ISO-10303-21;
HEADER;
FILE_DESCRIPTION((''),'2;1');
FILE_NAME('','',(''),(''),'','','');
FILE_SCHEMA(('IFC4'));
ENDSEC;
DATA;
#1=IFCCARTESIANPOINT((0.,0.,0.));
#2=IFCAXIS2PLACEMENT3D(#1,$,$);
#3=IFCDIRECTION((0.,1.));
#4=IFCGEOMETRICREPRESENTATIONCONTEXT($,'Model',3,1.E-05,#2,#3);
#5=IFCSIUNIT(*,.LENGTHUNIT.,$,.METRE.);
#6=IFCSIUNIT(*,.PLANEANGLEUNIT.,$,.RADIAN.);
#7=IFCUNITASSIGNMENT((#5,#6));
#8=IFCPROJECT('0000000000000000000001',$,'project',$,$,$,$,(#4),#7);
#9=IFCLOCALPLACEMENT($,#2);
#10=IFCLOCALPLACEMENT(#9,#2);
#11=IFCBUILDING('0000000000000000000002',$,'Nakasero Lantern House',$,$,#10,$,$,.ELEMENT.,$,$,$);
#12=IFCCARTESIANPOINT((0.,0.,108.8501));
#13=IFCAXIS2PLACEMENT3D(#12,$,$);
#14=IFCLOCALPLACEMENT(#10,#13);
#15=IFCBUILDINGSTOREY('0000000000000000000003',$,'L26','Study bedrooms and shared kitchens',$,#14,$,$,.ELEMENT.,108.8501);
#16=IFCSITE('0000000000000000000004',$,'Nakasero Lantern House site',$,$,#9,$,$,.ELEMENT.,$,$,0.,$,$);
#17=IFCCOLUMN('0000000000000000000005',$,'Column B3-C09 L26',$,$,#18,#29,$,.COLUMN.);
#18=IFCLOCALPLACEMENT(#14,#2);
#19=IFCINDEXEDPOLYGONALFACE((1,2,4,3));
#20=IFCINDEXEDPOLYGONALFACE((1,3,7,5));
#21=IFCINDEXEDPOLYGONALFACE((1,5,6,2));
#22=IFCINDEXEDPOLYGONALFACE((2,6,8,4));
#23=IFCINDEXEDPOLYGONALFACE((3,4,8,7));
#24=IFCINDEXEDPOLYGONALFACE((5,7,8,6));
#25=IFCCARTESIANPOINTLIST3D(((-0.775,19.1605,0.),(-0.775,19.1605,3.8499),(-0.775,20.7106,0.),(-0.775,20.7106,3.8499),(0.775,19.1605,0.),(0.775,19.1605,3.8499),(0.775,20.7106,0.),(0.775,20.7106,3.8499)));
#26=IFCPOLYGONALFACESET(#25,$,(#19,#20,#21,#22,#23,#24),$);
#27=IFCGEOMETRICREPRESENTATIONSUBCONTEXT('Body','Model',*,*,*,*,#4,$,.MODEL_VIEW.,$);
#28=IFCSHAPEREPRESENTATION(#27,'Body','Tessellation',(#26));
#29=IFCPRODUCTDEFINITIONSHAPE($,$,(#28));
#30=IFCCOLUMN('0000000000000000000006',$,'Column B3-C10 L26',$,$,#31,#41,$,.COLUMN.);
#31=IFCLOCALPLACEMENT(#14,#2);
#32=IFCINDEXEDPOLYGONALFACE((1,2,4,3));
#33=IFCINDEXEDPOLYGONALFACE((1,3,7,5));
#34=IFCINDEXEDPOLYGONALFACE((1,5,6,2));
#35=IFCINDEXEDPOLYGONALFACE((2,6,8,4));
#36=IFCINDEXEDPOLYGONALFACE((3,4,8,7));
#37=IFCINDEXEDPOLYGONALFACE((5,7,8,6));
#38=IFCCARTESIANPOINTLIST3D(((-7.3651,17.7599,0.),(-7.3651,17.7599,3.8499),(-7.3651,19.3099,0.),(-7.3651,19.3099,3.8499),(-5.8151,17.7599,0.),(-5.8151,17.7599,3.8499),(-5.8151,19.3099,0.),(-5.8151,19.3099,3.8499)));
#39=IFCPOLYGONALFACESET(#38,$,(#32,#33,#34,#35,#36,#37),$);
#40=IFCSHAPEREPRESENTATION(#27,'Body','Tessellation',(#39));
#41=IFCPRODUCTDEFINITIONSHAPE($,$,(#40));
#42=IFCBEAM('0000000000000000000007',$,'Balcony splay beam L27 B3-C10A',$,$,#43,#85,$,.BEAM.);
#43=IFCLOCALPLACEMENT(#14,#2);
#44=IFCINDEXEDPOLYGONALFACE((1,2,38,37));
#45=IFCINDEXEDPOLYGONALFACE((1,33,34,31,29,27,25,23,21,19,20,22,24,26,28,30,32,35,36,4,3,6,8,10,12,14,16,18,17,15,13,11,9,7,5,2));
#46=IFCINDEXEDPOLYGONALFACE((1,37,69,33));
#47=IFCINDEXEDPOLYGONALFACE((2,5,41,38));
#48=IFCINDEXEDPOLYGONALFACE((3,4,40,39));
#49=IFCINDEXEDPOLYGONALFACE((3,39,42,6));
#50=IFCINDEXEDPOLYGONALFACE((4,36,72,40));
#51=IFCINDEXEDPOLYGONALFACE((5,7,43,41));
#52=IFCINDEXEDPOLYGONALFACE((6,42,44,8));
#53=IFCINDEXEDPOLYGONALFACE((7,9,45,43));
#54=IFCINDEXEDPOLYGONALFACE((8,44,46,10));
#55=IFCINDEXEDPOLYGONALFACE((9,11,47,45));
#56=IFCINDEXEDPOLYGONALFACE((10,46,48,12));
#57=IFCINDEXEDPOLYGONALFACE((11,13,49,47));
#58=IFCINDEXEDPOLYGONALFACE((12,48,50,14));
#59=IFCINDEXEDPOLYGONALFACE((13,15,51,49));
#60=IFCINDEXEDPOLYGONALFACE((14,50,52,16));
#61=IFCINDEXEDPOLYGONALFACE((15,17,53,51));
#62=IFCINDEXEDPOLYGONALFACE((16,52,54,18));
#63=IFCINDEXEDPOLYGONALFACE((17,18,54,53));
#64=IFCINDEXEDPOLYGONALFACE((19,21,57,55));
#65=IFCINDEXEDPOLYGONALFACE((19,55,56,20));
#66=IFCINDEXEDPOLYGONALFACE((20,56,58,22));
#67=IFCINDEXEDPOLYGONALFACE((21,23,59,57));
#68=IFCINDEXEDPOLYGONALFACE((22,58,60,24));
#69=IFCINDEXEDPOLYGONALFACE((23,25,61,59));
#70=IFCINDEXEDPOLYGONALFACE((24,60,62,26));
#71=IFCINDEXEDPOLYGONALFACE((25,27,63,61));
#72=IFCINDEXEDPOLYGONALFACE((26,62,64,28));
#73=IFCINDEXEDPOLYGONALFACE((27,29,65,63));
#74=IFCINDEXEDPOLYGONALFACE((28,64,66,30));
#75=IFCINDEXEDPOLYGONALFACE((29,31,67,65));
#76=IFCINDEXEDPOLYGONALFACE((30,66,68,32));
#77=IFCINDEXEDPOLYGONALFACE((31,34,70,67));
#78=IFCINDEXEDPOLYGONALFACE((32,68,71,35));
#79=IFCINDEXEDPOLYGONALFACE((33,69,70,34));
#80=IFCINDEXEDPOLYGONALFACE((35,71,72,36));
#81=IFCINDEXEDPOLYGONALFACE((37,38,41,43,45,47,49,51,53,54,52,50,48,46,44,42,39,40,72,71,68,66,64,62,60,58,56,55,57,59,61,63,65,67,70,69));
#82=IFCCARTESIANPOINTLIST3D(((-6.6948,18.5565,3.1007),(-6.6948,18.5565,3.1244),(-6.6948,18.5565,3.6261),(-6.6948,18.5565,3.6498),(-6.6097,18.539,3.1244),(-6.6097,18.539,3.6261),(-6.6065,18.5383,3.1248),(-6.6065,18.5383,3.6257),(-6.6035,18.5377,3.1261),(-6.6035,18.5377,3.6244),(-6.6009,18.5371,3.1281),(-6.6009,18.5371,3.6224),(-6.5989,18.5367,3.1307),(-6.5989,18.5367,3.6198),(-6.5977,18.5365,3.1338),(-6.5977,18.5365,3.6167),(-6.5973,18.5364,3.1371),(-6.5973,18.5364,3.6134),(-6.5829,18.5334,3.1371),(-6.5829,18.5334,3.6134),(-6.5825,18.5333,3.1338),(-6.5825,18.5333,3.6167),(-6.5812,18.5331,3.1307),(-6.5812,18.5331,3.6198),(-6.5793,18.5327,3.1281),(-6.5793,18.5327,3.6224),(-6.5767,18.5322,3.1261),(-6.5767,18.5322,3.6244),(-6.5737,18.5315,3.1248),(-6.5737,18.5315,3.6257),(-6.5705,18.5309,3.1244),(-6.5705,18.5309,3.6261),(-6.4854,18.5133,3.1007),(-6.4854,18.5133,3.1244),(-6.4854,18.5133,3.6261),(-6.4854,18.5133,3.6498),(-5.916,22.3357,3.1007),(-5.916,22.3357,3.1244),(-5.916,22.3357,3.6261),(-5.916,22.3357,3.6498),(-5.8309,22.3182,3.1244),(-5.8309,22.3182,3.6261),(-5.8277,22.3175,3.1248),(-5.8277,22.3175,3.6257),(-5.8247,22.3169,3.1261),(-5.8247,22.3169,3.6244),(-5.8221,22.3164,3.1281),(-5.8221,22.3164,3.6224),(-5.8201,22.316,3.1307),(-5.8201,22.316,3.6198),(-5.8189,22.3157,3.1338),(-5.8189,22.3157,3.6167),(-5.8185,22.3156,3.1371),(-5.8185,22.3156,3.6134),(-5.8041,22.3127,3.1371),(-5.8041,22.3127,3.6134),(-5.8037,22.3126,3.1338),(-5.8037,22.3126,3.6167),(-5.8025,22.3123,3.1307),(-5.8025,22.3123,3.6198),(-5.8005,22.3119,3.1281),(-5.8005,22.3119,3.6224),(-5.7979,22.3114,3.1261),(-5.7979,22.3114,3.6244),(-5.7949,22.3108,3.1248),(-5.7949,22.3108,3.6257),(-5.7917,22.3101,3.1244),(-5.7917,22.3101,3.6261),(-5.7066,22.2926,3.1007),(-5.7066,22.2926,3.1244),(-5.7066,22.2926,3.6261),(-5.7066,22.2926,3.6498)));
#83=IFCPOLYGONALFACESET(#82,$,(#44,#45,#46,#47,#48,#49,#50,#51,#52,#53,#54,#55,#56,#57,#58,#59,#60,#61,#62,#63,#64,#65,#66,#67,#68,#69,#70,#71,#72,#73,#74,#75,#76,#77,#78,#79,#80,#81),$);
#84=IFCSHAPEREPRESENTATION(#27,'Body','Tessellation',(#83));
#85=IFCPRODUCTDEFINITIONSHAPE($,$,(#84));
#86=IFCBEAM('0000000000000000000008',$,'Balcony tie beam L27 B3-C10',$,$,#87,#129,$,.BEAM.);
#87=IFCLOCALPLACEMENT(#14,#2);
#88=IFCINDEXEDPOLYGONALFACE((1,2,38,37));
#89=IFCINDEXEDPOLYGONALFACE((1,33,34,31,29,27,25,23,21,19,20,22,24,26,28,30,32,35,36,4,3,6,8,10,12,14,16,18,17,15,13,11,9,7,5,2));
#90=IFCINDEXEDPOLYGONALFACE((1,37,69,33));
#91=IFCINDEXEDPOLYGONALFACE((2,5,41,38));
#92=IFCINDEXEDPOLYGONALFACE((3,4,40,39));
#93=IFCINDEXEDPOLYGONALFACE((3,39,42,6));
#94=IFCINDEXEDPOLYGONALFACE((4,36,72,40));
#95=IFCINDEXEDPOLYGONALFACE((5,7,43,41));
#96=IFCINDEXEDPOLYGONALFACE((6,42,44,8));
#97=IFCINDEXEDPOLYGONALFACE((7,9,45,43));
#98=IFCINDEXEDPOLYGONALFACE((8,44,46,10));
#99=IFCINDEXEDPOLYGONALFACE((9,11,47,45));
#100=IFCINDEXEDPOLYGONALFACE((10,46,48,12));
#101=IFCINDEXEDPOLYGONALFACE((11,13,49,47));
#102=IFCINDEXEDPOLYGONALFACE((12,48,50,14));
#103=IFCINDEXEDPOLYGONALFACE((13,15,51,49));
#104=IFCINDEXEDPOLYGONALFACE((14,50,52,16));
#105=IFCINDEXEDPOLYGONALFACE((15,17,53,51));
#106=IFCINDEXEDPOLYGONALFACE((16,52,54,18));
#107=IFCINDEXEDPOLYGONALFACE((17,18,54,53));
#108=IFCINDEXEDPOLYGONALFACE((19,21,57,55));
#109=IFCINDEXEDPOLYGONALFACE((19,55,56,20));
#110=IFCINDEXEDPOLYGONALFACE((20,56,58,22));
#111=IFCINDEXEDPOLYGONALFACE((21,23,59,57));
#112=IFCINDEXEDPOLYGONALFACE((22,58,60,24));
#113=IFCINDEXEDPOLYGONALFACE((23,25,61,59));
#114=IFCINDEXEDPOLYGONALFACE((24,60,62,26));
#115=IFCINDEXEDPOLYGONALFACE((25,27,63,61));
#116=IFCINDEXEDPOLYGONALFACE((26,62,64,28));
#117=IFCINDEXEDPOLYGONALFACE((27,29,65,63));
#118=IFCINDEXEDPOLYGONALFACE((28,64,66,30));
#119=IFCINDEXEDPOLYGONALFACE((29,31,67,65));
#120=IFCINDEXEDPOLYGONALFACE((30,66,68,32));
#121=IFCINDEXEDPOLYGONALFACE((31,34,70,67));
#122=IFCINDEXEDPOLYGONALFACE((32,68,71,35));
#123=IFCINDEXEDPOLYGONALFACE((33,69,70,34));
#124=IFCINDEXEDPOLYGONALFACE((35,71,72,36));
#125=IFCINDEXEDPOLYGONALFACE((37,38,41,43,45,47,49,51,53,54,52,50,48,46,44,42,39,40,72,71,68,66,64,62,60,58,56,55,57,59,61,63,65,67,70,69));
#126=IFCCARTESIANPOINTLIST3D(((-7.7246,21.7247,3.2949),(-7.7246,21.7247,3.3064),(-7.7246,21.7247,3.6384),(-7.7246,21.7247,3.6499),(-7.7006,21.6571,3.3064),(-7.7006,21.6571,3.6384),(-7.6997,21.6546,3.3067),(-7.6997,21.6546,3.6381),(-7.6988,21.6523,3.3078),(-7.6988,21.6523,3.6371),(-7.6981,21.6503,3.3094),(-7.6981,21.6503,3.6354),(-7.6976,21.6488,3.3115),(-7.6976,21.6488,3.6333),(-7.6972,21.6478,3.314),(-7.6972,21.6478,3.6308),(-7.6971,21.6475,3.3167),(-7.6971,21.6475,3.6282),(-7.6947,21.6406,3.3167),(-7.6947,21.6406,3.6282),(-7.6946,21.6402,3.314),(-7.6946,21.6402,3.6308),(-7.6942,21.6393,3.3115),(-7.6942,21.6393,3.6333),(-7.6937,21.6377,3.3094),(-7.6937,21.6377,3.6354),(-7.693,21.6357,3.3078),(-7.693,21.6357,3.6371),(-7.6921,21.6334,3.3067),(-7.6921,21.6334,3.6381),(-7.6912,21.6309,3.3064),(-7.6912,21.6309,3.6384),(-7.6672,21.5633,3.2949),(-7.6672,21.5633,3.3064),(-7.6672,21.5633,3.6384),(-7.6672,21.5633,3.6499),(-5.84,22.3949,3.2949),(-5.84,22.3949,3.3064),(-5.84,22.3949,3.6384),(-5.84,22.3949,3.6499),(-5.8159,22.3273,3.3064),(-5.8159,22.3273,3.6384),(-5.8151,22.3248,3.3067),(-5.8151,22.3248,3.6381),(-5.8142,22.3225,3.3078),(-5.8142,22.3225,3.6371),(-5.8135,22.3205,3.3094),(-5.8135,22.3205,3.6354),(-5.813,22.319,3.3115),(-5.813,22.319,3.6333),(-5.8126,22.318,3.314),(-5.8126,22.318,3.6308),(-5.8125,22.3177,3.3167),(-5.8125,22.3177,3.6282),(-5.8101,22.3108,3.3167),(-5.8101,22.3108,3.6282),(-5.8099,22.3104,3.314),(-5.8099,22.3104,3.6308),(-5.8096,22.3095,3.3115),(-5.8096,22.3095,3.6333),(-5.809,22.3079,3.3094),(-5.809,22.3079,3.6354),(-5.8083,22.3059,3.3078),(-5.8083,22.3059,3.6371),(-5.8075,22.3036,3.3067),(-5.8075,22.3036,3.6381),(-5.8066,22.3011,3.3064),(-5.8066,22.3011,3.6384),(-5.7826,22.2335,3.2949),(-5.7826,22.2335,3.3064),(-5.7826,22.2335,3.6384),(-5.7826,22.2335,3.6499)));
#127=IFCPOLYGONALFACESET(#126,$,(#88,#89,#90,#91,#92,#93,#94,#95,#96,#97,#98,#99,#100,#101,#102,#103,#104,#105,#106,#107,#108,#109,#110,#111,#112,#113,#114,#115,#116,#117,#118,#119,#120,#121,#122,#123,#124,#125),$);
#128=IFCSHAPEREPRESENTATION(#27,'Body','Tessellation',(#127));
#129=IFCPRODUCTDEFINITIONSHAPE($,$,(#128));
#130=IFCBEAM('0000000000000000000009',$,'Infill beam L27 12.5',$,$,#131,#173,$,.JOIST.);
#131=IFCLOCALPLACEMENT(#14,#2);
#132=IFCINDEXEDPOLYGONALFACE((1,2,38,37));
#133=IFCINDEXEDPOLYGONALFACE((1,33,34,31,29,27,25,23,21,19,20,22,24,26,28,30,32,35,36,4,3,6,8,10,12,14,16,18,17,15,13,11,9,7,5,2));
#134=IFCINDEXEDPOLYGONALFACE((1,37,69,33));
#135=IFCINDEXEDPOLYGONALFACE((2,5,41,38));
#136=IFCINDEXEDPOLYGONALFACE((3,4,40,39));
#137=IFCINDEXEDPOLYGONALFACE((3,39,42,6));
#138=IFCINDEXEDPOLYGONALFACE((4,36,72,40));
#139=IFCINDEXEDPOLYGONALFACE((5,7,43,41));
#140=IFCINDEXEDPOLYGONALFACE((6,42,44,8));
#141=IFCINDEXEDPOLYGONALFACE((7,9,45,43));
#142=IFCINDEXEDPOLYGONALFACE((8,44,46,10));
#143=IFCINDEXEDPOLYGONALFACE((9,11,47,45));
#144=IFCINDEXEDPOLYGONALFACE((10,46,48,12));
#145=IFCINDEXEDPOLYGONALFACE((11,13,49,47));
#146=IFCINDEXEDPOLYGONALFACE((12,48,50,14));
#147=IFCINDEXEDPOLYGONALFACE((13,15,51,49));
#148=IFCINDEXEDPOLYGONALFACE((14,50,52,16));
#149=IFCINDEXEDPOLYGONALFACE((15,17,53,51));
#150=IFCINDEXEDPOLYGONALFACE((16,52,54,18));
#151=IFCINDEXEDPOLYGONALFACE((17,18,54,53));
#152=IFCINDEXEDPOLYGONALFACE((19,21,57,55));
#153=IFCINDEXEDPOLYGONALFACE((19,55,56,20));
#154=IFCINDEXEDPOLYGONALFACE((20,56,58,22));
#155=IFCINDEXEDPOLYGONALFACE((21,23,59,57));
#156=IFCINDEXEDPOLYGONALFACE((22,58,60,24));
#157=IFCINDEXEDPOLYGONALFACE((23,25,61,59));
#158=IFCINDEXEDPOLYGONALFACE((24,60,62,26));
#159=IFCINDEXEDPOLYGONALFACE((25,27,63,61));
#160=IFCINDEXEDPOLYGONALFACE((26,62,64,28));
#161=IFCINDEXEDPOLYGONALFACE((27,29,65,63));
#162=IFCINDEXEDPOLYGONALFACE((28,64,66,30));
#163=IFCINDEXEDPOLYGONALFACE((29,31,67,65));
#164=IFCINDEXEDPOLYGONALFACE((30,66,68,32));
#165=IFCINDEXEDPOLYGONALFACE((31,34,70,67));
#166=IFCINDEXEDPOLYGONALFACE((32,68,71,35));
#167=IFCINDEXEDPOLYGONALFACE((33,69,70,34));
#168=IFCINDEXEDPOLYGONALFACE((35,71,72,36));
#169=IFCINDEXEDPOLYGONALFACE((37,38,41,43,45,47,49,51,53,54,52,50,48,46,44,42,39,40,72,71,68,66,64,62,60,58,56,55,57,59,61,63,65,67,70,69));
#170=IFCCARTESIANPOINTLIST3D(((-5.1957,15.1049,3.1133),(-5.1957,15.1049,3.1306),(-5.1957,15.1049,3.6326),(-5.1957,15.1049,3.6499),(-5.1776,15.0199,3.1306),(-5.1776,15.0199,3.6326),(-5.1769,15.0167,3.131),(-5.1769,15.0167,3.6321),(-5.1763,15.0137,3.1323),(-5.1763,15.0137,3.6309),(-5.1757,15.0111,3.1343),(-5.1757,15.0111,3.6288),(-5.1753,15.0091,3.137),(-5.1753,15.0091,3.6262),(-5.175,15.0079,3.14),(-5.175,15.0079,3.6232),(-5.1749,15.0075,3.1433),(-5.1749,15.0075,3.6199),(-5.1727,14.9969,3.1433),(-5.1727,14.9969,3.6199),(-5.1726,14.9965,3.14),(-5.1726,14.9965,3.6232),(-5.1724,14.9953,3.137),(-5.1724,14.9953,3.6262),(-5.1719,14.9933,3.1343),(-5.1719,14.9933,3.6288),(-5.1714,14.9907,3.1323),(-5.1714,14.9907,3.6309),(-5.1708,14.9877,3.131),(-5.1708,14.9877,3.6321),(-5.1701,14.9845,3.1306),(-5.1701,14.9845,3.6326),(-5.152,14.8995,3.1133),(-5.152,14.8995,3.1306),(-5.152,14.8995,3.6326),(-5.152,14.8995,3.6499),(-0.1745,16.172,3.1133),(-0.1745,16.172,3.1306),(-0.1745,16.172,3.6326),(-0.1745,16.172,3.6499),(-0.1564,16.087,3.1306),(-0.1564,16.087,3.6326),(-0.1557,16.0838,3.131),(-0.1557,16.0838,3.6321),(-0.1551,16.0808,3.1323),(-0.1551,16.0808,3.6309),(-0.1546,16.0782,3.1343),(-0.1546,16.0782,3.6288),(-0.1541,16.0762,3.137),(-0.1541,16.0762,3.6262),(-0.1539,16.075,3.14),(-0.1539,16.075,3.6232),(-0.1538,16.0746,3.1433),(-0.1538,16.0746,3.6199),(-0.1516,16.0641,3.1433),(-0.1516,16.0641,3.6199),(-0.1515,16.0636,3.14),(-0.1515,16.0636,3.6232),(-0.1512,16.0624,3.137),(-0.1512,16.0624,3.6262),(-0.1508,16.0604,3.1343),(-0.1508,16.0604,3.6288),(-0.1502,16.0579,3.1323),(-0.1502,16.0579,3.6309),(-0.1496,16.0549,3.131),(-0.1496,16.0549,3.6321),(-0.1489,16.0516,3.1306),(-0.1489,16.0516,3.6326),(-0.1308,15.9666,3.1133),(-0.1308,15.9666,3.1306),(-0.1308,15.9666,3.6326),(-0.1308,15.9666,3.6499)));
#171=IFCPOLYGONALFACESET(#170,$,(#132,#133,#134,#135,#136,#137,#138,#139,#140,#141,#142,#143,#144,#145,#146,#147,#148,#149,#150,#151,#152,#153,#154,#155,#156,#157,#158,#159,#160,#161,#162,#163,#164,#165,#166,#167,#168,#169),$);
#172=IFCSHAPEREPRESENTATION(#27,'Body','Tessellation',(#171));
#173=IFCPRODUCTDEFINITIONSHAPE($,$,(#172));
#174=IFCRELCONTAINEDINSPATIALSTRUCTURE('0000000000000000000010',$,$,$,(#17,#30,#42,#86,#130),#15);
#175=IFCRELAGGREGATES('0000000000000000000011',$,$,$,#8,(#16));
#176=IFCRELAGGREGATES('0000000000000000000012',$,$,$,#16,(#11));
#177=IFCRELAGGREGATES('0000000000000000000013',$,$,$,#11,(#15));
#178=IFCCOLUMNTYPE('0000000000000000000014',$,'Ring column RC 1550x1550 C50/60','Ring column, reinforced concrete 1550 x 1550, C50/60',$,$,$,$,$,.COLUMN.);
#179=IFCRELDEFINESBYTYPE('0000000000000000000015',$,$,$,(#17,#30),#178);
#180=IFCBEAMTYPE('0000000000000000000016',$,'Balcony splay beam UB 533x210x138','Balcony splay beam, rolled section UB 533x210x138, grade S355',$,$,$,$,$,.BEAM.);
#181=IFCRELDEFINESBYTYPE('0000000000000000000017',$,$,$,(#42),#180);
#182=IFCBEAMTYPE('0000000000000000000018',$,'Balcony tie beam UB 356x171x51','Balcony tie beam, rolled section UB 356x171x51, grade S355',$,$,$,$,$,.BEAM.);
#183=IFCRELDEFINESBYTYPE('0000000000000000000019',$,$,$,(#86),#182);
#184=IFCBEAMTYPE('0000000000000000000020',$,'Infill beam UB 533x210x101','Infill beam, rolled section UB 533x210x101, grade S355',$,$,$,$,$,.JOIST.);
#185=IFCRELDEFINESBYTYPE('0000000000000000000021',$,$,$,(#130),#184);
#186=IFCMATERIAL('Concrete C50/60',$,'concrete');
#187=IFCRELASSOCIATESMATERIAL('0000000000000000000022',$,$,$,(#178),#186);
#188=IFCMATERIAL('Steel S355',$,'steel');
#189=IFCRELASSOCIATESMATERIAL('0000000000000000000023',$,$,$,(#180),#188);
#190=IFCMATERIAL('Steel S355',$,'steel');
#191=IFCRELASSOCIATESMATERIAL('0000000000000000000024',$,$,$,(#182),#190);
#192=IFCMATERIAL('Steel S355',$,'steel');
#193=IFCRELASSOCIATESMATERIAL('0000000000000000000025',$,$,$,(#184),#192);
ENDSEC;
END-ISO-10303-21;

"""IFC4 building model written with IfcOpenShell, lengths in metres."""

from ifc_helpers import new_model, si_unit, direction, frame, origin, origin_2d, place, context, subcontext, project, spatial, rectangle, i_section, extrude, material, material_profile, profile_set, type_object, element, save


model = new_model("IFC4")

# Units and contexts
model_context = context("Model", 3, precision=1e-05, world=origin(), true_north=direction((0.0, 1.0)))
body_context = subcontext(model_context, "Body", "Model", "MODEL_VIEW")
ifc_project = project(units=[si_unit("LENGTHUNIT", "METRE"), si_unit("PLANEANGLEUNIT", "RADIAN")], contexts=[model_context])

# Site, building, storey
site_placement = place(None, origin())
site = spatial("IfcSite", under=ifc_project, at=site_placement, Name="Nakasero Lantern House site", CompositionType="ELEMENT", RefElevation=0.0)
building_placement = place(site_placement, origin())
building = spatial("IfcBuilding", under=site, at=building_placement, Name="Nakasero Lantern House", CompositionType="ELEMENT")
storey_placement = place(building_placement, frame((0.0, 0.0, 108.8501)))
storey = spatial("IfcBuildingStorey", under=building, at=storey_placement, Name="L26", Description="Study bedrooms and shared kitchens", CompositionType="ELEMENT", Elevation=108.8501)

# Columns
ifc_material_1 = material(Name="Concrete C50/60", Category="concrete")
ifc_material_profile_1 = material_profile(ifc_material_1, rectangle(XDim=1.55, YDim=1.55, at=origin_2d()), Name="RC 1550x1550")
ifc_profile_set_1 = profile_set([ifc_material_profile_1], Name="Concrete C50/60")
column_type = type_object("IfcColumnType", Name="Ring column RC 1550x1550 C50/60", Description="Ring column, reinforced concrete 1550 x 1550, C50/60", PredefinedType="COLUMN", material=ifc_profile_set_1)
for number, where, z_axis, x_axis, name in (
    (1, (0.0, 19.9355, 0.0), (0.0, 0.0, 1.0), (1.0, 0.0, 0.0), "Column B3-C09 L26"),
    (2, (-6.5901, 18.5349, 0.0), (0.0, 0.0, 1.0), (1.0, 0.0, 0.0), "Column B3-C10 L26"),
):
    element("IfcColumn", number, at=place(storey_placement, frame(where, z_axis=z_axis, x_axis=x_axis)), inside=storey, type_object=column_type, Name=name, PredefinedType="COLUMN", context=body_context, shape_type="SweptSolid", body=[
        extrude(rectangle(XDim=1.55, YDim=1.55, at=origin_2d()), origin(), (0.0, 0.0, 1.0), 3.8499),
    ])

# Beams
ifc_material_2 = material(Name="Steel S355", Category="steel")
ifc_material_profile_2 = material_profile(ifc_material_2, i_section(OverallWidth=0.2139, OverallDepth=0.5491, WebThickness=0.0146, FlangeThickness=0.0237, FilletRadius=0.0127, at=origin_2d()), Name="UB 533x210x138")
ifc_profile_set_2 = profile_set([ifc_material_profile_2], Name="Steel S355")
beam_type_1 = type_object("IfcBeamType", Name="Balcony splay beam UB 533x210x138", Description="Balcony splay beam, rolled section UB 533x210x138, grade S355", PredefinedType="BEAM", material=ifc_profile_set_2)
beam_1_placement = place(storey_placement, frame((-6.5901, 18.5349, 3.3752), z_axis=(0.201831, 0.97942, 0.0), x_axis=(-0.97942, 0.201831, 0.0)))
element("IfcBeam", 3, at=beam_1_placement, inside=storey, type_object=beam_type_1, Name="Balcony splay beam L27 B3-C10A", PredefinedType="BEAM", context=body_context, shape_type="SweptSolid", body=[
    extrude(i_section(OverallWidth=0.2139, OverallDepth=0.5491, WebThickness=0.0146, FlangeThickness=0.0237, FilletRadius=0.0127, at=origin_2d()), origin(), (0.0, 0.0, 1.0), 3.8586),
])
ifc_material_3 = material(Name="Steel S355", Category="steel")
ifc_material_profile_3 = material_profile(ifc_material_3, i_section(OverallWidth=0.1714, OverallDepth=0.355, WebThickness=0.0073, FlangeThickness=0.0115, FilletRadius=0.0103, at=origin_2d()), Name="UB 356x171x51")
ifc_profile_set_3 = profile_set([ifc_material_profile_3], Name="Steel S355")
beam_type_2 = type_object("IfcBeamType", Name="Balcony tie beam UB 356x171x51", Description="Balcony tie beam, rolled section UB 356x171x51, grade S355", PredefinedType="BEAM", material=ifc_profile_set_3)
beam_2_placement = place(storey_placement, frame((-5.8113, 22.3142, 3.4724), z_axis=(-0.942197, -0.33506, 0.0), x_axis=(0.33506, -0.942197, 0.0)))
element("IfcBeam", 4, at=beam_2_placement, inside=storey, type_object=beam_type_2, Name="Balcony tie beam L27 B3-C10", PredefinedType="BEAM", context=body_context, shape_type="SweptSolid", body=[
    extrude(i_section(OverallWidth=0.1714, OverallDepth=0.355, WebThickness=0.0073, FlangeThickness=0.0115, FilletRadius=0.0103, at=origin_2d()), origin(), (0.0, 0.0, 1.0), 2.0002),
])
ifc_material_4 = material(Name="Steel S355", Category="steel")
ifc_material_profile_4 = material_profile(ifc_material_4, i_section(OverallWidth=0.21, OverallDepth=0.5366, WebThickness=0.0107, FlangeThickness=0.0173, FilletRadius=0.0127, at=origin_2d()), Name="UB 533x210x101")
ifc_profile_set_4 = profile_set([ifc_material_profile_4], Name="Steel S355")
beam_type_3 = type_object("IfcBeamType", Name="Infill beam UB 533x210x101", Description="Infill beam, rolled section UB 533x210x101, grade S355", PredefinedType="JOIST", material=ifc_profile_set_4)
beam_3_placement = place(storey_placement, frame((-5.1738, 15.0022, 3.3816), z_axis=(0.978154, 0.207882, 0.0), x_axis=(-0.207882, 0.978154, 0.0)))
element("IfcBeam", 5, at=beam_3_placement, inside=storey, type_object=beam_type_3, Name="Infill beam L27 12.5", PredefinedType="JOIST", context=body_context, shape_type="SweptSolid", body=[
    extrude(i_section(OverallWidth=0.21, OverallDepth=0.5366, WebThickness=0.0107, FlangeThickness=0.0173, FilletRadius=0.0127, at=origin_2d()), origin(), (0.0, 0.0, 1.0), 5.1333),
])

save(model, "model.ifc")
